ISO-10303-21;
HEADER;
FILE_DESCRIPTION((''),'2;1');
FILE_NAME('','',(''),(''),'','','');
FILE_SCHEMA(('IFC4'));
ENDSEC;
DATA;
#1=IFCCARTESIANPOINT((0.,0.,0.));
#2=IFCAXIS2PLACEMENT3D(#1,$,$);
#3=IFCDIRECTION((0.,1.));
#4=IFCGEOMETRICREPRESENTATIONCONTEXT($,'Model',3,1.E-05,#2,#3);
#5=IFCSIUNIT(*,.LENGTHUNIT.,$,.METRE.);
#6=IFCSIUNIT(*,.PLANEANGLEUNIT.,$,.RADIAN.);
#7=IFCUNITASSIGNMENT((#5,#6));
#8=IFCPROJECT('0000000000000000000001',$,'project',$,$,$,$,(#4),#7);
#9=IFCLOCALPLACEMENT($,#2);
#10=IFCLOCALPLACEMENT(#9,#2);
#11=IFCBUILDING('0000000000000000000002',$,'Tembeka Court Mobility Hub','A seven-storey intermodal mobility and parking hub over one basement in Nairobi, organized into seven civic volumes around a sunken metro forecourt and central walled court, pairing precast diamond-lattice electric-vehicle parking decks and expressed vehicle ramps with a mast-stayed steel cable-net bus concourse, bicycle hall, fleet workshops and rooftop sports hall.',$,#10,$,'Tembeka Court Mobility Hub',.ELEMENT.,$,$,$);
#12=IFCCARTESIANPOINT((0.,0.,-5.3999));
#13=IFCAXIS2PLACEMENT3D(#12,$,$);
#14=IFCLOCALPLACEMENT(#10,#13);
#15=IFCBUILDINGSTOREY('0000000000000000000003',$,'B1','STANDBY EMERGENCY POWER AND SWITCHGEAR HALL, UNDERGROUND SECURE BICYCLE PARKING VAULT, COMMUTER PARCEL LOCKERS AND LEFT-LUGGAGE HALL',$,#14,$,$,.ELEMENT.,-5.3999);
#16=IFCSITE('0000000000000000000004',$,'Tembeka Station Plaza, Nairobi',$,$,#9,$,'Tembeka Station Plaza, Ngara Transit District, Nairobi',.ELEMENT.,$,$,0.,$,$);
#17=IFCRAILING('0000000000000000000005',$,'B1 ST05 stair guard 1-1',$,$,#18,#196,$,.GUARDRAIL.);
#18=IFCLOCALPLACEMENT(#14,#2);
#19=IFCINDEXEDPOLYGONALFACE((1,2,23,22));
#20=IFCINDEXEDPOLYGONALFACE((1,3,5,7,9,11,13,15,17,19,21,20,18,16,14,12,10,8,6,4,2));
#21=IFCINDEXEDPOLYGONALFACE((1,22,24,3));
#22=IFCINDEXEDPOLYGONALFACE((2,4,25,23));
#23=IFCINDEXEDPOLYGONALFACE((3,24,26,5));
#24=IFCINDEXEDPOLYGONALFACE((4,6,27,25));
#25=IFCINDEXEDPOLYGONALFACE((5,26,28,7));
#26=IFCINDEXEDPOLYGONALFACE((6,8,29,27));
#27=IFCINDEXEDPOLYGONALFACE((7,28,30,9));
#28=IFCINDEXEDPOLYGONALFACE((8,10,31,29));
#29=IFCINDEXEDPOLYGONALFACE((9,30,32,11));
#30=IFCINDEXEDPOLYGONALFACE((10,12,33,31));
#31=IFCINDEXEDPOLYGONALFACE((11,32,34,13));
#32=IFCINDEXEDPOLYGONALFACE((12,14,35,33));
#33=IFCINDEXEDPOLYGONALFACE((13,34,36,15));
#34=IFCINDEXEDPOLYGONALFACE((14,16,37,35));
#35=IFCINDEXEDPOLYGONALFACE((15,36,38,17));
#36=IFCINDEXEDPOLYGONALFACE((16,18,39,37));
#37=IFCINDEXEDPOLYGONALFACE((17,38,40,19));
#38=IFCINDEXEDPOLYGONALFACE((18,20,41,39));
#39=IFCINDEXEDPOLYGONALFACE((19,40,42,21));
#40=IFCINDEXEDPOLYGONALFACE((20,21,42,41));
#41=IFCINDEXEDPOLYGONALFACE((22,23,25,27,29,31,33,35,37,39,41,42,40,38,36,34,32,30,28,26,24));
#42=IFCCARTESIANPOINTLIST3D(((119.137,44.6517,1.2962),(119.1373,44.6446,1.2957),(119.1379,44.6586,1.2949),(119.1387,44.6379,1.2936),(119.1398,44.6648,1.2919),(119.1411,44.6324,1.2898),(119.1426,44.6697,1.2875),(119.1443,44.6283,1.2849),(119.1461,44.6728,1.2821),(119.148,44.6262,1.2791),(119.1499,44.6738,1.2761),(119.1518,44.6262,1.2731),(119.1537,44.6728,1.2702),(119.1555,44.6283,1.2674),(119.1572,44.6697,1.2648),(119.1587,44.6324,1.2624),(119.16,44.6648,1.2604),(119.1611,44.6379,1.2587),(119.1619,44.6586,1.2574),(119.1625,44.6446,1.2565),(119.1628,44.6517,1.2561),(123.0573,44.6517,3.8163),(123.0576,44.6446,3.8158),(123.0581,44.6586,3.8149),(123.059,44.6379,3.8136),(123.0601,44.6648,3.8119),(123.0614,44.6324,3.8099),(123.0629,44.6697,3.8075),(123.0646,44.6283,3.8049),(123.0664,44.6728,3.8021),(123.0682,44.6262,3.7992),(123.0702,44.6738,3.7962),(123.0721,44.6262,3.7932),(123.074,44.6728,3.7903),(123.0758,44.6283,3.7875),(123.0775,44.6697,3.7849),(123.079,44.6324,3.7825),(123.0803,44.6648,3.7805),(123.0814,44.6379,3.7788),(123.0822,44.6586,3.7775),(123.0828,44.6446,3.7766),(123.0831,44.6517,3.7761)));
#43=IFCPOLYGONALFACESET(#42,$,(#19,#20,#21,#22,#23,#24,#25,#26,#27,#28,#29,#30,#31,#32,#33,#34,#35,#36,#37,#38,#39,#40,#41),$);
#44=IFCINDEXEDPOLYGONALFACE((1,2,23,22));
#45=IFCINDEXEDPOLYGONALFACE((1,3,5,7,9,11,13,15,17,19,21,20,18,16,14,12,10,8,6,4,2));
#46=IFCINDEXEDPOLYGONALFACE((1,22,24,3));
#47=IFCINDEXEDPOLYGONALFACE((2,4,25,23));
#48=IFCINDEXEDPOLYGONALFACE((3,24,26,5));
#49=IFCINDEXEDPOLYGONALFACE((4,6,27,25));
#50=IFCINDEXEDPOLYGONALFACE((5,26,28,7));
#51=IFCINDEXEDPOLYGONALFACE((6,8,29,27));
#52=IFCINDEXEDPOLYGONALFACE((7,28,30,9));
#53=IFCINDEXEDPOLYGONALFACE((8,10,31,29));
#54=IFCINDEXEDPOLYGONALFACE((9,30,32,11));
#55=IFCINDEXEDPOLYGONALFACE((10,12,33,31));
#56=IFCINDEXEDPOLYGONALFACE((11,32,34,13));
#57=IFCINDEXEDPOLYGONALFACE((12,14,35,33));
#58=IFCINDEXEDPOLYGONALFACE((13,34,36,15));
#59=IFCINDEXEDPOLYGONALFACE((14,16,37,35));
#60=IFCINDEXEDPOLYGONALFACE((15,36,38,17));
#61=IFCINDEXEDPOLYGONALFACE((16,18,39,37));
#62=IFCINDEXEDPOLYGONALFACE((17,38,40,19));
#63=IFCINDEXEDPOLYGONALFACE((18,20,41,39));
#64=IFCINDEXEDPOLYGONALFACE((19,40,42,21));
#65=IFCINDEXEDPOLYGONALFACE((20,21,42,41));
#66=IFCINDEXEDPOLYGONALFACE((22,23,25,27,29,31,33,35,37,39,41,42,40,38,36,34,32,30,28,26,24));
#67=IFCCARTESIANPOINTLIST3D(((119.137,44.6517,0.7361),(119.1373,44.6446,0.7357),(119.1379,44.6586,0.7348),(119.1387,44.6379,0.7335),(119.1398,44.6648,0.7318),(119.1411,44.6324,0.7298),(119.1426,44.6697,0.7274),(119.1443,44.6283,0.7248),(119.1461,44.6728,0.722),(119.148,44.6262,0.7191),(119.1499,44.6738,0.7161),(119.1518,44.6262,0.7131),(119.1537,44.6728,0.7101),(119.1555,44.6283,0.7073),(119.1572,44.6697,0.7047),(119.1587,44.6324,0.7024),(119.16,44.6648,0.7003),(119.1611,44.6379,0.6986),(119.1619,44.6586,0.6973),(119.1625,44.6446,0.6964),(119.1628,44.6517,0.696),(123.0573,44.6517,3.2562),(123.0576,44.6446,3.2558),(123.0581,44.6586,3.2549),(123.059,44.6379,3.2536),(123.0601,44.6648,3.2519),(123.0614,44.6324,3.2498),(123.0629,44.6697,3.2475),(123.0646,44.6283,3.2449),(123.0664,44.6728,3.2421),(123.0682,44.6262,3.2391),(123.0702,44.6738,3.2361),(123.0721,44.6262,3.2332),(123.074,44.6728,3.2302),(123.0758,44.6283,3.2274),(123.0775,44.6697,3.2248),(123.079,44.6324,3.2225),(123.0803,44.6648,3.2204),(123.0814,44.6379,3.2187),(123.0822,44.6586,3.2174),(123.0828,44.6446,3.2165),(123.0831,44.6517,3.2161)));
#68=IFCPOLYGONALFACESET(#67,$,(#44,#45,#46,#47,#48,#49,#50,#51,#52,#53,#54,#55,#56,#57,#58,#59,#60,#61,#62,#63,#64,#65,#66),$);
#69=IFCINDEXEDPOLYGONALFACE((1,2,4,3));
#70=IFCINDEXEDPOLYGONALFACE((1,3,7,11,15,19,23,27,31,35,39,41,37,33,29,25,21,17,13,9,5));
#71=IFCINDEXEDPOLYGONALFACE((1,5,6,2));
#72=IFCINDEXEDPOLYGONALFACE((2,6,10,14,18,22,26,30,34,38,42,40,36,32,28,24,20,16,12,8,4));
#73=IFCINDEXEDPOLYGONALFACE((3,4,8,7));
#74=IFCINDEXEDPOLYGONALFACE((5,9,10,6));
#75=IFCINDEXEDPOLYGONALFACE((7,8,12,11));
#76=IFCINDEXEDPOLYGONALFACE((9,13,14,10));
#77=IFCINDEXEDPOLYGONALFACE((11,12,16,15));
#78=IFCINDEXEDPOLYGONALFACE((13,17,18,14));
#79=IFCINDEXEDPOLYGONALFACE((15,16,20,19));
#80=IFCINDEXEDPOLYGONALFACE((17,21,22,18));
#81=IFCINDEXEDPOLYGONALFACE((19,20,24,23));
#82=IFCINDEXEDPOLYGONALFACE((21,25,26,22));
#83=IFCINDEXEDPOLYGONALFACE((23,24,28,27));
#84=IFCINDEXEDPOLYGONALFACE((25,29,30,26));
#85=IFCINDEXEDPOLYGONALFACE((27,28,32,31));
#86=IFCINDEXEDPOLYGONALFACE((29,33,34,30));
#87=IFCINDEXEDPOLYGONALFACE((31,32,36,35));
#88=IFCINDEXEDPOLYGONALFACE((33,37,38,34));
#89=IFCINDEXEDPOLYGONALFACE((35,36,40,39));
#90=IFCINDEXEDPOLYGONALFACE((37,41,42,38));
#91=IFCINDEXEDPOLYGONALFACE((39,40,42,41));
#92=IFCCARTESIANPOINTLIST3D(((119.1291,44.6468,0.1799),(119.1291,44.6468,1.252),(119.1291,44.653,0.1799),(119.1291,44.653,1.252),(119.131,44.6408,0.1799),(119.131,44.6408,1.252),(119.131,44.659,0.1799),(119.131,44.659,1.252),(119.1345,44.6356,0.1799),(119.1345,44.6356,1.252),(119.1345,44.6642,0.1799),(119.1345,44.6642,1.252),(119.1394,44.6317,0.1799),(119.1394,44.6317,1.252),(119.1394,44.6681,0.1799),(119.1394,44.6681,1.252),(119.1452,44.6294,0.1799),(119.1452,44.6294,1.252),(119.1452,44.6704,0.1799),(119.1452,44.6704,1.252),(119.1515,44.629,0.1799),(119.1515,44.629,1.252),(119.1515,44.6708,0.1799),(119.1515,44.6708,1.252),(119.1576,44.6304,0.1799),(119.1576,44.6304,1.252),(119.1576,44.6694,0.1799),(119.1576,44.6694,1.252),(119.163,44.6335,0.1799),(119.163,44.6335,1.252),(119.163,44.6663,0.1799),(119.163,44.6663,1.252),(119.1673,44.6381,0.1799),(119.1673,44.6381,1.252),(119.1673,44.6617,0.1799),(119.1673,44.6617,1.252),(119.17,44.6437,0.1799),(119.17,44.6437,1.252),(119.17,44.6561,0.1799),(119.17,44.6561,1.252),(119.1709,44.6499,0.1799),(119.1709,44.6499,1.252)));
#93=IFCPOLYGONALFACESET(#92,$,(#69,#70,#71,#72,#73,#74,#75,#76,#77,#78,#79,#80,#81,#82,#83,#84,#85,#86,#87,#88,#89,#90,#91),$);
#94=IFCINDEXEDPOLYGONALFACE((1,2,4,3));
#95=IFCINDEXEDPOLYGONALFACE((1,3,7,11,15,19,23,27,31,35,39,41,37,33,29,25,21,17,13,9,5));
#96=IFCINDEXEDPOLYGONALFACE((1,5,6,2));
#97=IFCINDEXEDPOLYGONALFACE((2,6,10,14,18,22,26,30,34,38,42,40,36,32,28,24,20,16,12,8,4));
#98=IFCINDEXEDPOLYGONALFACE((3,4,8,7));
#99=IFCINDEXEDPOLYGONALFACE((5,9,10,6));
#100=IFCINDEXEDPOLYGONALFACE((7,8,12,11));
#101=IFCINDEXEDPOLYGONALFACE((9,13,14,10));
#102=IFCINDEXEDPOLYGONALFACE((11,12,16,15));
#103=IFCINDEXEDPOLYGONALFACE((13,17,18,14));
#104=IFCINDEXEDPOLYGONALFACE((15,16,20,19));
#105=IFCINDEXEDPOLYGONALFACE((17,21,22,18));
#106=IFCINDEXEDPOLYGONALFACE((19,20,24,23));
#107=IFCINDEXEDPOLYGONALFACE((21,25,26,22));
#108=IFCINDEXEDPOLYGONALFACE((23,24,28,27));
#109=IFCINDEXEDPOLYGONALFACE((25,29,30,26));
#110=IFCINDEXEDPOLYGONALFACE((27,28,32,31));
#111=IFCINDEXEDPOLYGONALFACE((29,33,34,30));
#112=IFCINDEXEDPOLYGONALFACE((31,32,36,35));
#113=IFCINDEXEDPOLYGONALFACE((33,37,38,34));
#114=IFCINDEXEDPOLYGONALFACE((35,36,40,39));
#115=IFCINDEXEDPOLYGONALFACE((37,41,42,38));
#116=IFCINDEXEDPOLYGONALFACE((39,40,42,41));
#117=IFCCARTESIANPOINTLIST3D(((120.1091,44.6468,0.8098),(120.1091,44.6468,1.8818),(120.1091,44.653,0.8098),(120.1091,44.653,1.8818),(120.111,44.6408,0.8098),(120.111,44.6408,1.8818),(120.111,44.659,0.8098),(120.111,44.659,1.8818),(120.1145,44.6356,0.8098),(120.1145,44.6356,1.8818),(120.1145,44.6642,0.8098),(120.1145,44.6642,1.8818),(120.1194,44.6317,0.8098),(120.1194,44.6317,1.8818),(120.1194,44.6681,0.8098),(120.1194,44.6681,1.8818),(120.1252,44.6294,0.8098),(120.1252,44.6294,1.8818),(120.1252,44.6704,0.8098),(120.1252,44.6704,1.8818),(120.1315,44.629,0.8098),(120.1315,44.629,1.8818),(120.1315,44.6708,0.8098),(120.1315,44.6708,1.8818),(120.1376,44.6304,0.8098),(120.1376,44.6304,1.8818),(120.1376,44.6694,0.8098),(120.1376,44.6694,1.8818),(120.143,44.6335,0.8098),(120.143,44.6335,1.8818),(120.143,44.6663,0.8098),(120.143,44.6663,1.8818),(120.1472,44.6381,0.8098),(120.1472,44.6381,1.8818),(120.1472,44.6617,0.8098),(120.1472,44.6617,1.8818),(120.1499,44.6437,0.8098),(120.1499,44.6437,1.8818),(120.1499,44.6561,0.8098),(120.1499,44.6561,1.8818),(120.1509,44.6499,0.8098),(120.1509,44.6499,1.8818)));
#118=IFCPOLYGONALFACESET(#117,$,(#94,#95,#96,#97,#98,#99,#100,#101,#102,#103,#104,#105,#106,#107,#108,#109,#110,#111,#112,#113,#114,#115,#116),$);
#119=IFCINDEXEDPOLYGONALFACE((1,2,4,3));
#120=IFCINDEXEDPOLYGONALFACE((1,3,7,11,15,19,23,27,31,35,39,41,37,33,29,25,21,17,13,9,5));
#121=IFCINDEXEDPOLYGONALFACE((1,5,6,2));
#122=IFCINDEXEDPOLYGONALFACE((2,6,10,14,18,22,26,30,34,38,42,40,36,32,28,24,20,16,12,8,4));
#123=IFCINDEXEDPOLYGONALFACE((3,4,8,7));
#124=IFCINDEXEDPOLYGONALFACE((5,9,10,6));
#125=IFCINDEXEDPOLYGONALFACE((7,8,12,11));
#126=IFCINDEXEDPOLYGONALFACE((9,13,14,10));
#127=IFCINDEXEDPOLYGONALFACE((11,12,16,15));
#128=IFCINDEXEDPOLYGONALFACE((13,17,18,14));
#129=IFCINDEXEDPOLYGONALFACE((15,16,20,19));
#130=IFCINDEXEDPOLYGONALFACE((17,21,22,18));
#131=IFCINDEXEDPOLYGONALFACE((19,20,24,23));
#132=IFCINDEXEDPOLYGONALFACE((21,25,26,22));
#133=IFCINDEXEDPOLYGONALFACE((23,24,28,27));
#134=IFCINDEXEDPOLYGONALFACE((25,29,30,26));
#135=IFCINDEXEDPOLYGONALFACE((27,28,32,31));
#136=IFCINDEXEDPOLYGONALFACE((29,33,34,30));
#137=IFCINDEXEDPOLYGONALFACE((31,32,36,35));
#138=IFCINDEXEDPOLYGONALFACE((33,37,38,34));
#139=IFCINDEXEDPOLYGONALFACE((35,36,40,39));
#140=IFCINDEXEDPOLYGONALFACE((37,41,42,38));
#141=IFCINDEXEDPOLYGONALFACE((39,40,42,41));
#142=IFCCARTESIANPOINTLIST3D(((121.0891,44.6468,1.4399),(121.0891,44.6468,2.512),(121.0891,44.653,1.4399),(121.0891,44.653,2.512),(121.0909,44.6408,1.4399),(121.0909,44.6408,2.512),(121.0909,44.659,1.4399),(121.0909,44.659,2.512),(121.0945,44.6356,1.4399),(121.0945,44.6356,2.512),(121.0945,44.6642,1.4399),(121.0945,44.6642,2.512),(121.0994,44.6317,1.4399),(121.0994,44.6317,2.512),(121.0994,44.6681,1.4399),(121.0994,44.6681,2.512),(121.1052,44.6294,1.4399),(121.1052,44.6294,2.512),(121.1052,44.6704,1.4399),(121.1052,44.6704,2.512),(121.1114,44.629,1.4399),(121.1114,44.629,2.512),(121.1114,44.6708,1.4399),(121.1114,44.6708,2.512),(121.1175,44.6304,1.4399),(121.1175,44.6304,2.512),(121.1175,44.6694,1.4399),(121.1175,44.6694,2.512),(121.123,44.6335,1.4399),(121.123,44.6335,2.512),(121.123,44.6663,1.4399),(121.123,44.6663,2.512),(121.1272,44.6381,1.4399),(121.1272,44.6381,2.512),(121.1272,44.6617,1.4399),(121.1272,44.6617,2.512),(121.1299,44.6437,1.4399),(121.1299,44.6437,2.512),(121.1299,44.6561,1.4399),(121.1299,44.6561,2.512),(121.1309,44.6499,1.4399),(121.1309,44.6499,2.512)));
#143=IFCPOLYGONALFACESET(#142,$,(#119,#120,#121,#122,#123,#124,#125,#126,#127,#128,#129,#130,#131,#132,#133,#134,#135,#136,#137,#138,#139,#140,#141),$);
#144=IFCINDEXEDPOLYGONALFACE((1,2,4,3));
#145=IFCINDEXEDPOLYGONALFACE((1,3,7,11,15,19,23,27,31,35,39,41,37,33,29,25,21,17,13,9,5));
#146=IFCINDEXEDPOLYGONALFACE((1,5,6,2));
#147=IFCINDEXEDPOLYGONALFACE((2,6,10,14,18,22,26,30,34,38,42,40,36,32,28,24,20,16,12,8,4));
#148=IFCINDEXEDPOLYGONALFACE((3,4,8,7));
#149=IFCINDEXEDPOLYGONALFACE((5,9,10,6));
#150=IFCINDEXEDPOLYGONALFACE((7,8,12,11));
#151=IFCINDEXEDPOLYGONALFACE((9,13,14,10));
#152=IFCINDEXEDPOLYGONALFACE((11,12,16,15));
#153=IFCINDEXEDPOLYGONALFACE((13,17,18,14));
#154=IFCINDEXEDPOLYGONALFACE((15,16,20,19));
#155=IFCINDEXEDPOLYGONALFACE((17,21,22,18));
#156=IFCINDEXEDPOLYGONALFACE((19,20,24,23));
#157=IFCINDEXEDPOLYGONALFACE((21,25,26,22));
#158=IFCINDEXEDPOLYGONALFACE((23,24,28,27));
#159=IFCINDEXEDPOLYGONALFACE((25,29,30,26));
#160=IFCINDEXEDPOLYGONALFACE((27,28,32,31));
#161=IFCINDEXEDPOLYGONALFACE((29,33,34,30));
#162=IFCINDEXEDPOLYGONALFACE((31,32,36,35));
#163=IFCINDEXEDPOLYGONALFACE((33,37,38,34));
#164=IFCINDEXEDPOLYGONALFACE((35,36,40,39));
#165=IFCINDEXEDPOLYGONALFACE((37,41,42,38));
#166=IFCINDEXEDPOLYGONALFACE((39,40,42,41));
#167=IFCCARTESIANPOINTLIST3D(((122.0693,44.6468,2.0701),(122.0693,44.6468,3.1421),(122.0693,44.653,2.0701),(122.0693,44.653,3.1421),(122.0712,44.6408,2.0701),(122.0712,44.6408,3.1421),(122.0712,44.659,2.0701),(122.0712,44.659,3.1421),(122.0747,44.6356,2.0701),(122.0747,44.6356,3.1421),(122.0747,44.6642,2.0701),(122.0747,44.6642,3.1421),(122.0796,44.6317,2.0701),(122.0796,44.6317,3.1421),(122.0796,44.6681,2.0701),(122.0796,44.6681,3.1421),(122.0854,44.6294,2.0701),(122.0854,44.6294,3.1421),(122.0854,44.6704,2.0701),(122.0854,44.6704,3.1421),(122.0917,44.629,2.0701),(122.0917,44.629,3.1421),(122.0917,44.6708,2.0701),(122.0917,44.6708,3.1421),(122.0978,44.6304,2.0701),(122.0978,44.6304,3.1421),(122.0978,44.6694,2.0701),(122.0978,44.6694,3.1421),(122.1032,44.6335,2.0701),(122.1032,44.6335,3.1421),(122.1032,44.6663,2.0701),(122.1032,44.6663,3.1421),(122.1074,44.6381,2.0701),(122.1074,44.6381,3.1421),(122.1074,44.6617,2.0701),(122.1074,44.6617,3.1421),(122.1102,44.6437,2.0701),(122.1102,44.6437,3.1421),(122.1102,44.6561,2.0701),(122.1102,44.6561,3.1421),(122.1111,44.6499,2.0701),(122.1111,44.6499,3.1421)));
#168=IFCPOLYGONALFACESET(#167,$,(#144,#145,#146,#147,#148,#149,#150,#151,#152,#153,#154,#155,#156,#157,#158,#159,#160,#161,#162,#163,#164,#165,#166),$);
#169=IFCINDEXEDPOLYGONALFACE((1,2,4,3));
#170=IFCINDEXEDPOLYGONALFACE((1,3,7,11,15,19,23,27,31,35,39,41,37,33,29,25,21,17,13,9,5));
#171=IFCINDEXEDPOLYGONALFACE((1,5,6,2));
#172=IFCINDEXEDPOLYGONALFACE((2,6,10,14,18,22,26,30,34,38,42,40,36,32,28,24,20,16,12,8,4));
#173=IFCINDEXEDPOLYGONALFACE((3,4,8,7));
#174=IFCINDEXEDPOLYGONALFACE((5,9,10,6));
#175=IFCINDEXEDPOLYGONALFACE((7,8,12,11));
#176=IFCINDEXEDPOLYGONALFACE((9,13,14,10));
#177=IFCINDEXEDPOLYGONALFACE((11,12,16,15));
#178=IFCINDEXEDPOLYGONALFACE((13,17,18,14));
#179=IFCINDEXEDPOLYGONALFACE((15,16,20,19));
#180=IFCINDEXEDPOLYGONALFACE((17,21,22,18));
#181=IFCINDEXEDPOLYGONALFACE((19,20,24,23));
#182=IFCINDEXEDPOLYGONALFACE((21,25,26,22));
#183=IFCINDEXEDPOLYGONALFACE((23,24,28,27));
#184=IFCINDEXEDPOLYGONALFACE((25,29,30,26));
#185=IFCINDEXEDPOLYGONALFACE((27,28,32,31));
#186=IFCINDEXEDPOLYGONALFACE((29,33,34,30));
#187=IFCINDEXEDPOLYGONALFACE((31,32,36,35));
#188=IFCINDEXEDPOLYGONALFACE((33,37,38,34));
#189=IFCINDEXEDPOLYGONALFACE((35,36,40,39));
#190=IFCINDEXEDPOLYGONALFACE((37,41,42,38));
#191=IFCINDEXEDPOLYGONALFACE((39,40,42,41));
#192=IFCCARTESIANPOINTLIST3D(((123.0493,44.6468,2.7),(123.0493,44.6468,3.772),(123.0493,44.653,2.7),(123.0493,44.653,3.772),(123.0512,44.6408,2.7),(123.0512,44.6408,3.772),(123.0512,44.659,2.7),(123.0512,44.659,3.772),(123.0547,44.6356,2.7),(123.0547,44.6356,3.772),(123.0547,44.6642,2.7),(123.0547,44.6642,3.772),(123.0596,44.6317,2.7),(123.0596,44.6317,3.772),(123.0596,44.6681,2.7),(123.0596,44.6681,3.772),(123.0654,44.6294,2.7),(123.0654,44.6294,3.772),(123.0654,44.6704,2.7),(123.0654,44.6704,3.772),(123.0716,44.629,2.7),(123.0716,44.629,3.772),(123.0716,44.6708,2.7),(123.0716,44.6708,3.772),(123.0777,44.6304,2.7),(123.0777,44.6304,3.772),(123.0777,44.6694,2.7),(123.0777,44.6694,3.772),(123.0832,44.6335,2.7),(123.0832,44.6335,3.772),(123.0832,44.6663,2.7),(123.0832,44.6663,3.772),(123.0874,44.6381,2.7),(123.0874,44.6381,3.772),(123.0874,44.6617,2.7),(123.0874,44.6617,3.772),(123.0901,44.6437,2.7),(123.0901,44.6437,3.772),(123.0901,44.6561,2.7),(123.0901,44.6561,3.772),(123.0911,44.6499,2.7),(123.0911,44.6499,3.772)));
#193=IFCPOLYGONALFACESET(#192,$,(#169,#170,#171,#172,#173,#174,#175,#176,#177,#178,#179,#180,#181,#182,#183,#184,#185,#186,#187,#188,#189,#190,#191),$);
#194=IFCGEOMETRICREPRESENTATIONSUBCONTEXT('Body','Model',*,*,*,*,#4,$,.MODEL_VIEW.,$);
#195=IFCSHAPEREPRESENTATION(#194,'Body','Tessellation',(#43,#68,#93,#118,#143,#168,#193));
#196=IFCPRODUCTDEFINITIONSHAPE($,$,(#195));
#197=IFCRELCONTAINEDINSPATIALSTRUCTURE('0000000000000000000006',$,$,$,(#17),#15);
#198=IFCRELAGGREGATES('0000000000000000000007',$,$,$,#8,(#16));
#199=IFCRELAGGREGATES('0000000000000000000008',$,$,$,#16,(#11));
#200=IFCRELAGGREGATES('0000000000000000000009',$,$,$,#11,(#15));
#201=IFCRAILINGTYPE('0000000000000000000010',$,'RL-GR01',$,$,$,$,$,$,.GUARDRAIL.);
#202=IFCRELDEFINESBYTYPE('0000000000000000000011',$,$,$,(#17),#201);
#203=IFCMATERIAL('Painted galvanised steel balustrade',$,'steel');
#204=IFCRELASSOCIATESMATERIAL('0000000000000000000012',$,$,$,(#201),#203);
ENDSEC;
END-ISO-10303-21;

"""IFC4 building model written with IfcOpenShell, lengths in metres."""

from ifc_helpers import new_model, si_unit, direction, frame, origin, origin_2d, place, context, subcontext, project, spatial, circle, extrude, material, type_object, element, save


model = new_model("IFC4")

# Units and contexts
model_context = context("Model", 3, precision=1e-05, world=origin(), true_north=direction((0.0, 1.0)))
body_context = subcontext(model_context, "Body", "Model", "MODEL_VIEW")
ifc_project = project(units=[si_unit("LENGTHUNIT", "METRE"), si_unit("PLANEANGLEUNIT", "RADIAN")], contexts=[model_context])

# Site, building, storey
site_placement = place(None, origin())
site = spatial("IfcSite", under=ifc_project, at=site_placement, Name="Tembeka Station Plaza, Nairobi", LongName="Tembeka Station Plaza, Ngara Transit District, Nairobi", CompositionType="ELEMENT", RefElevation=0.0)
building_placement = place(site_placement, origin())
building = spatial("IfcBuilding", under=site, at=building_placement, Name="Tembeka Court Mobility Hub", Description="A seven-storey intermodal mobility and parking hub over one basement in Nairobi, organized into seven civic volumes around a sunken metro forecourt and central walled court, pairing precast diamond-lattice electric-vehicle parking decks and expressed vehicle ramps with a mast-stayed steel cable-net bus concourse, bicycle hall, fleet workshops and rooftop sports hall.", LongName="Tembeka Court Mobility Hub", CompositionType="ELEMENT")
storey_placement = place(building_placement, frame((0.0, 0.0, -5.3999)))
storey = spatial("IfcBuildingStorey", under=building, at=storey_placement, Name="B1", Description="STANDBY EMERGENCY POWER AND SWITCHGEAR HALL, UNDERGROUND SECURE BICYCLE PARKING VAULT, COMMUTER PARCEL LOCKERS AND LEFT-LUGGAGE HALL", CompositionType="ELEMENT", Elevation=-5.3999)

# Railing
ifc_material_1 = material(Name="Painted galvanised steel balustrade", Category="steel")
railing_type_1 = type_object("IfcRailingType", Name="RL-GR01", PredefinedType="GUARDRAIL", material=ifc_material_1)
railing_1_placement = place(storey_placement, frame((119.1499, 44.6499, 0.1799)))
element("IfcRailing", 1, at=railing_1_placement, inside=storey, type_object=railing_type_1, Name="B1 ST05 stair guard 1-1", PredefinedType="GUARDRAIL", context=body_context, shape_type="SweptSolid", body=[
    extrude(circle(Radius=0.0239, at=origin_2d()), frame((0.0, 0.0, 1.0962), z_axis=(0.841187, 0.0, 0.540744), x_axis=(0.0, 1.0, 0.0)), (0.0, 0.0, 1.0), 4.6604),
    extrude(circle(Radius=0.0239, at=origin_2d()), frame((0.0, 0.0, 0.5361), z_axis=(0.841187, 0.0, 0.540744), x_axis=(0.0, 1.0, 0.0)), (0.0, 0.0, 1.0), 4.6604),
    extrude(circle(Radius=0.021, at=origin_2d()), origin(), (0.0, 0.0, 1.0), 1.072),
    extrude(circle(Radius=0.021, at=origin_2d()), frame((0.98, 0.0, 0.6299)), (0.0, 0.0, 1.0), 1.072),
    extrude(circle(Radius=0.021, at=origin_2d()), frame((1.96, 0.0, 1.26)), (0.0, 0.0, 1.0), 1.072),
    extrude(circle(Radius=0.021, at=origin_2d()), frame((2.9402, 0.0, 1.8901)), (0.0, 0.0, 1.0), 1.072),
    extrude(circle(Radius=0.021, at=origin_2d()), frame((3.9202, 0.0, 2.52)), (0.0, 0.0, 1.0), 1.072),
])

save(model, "model.ifc")
